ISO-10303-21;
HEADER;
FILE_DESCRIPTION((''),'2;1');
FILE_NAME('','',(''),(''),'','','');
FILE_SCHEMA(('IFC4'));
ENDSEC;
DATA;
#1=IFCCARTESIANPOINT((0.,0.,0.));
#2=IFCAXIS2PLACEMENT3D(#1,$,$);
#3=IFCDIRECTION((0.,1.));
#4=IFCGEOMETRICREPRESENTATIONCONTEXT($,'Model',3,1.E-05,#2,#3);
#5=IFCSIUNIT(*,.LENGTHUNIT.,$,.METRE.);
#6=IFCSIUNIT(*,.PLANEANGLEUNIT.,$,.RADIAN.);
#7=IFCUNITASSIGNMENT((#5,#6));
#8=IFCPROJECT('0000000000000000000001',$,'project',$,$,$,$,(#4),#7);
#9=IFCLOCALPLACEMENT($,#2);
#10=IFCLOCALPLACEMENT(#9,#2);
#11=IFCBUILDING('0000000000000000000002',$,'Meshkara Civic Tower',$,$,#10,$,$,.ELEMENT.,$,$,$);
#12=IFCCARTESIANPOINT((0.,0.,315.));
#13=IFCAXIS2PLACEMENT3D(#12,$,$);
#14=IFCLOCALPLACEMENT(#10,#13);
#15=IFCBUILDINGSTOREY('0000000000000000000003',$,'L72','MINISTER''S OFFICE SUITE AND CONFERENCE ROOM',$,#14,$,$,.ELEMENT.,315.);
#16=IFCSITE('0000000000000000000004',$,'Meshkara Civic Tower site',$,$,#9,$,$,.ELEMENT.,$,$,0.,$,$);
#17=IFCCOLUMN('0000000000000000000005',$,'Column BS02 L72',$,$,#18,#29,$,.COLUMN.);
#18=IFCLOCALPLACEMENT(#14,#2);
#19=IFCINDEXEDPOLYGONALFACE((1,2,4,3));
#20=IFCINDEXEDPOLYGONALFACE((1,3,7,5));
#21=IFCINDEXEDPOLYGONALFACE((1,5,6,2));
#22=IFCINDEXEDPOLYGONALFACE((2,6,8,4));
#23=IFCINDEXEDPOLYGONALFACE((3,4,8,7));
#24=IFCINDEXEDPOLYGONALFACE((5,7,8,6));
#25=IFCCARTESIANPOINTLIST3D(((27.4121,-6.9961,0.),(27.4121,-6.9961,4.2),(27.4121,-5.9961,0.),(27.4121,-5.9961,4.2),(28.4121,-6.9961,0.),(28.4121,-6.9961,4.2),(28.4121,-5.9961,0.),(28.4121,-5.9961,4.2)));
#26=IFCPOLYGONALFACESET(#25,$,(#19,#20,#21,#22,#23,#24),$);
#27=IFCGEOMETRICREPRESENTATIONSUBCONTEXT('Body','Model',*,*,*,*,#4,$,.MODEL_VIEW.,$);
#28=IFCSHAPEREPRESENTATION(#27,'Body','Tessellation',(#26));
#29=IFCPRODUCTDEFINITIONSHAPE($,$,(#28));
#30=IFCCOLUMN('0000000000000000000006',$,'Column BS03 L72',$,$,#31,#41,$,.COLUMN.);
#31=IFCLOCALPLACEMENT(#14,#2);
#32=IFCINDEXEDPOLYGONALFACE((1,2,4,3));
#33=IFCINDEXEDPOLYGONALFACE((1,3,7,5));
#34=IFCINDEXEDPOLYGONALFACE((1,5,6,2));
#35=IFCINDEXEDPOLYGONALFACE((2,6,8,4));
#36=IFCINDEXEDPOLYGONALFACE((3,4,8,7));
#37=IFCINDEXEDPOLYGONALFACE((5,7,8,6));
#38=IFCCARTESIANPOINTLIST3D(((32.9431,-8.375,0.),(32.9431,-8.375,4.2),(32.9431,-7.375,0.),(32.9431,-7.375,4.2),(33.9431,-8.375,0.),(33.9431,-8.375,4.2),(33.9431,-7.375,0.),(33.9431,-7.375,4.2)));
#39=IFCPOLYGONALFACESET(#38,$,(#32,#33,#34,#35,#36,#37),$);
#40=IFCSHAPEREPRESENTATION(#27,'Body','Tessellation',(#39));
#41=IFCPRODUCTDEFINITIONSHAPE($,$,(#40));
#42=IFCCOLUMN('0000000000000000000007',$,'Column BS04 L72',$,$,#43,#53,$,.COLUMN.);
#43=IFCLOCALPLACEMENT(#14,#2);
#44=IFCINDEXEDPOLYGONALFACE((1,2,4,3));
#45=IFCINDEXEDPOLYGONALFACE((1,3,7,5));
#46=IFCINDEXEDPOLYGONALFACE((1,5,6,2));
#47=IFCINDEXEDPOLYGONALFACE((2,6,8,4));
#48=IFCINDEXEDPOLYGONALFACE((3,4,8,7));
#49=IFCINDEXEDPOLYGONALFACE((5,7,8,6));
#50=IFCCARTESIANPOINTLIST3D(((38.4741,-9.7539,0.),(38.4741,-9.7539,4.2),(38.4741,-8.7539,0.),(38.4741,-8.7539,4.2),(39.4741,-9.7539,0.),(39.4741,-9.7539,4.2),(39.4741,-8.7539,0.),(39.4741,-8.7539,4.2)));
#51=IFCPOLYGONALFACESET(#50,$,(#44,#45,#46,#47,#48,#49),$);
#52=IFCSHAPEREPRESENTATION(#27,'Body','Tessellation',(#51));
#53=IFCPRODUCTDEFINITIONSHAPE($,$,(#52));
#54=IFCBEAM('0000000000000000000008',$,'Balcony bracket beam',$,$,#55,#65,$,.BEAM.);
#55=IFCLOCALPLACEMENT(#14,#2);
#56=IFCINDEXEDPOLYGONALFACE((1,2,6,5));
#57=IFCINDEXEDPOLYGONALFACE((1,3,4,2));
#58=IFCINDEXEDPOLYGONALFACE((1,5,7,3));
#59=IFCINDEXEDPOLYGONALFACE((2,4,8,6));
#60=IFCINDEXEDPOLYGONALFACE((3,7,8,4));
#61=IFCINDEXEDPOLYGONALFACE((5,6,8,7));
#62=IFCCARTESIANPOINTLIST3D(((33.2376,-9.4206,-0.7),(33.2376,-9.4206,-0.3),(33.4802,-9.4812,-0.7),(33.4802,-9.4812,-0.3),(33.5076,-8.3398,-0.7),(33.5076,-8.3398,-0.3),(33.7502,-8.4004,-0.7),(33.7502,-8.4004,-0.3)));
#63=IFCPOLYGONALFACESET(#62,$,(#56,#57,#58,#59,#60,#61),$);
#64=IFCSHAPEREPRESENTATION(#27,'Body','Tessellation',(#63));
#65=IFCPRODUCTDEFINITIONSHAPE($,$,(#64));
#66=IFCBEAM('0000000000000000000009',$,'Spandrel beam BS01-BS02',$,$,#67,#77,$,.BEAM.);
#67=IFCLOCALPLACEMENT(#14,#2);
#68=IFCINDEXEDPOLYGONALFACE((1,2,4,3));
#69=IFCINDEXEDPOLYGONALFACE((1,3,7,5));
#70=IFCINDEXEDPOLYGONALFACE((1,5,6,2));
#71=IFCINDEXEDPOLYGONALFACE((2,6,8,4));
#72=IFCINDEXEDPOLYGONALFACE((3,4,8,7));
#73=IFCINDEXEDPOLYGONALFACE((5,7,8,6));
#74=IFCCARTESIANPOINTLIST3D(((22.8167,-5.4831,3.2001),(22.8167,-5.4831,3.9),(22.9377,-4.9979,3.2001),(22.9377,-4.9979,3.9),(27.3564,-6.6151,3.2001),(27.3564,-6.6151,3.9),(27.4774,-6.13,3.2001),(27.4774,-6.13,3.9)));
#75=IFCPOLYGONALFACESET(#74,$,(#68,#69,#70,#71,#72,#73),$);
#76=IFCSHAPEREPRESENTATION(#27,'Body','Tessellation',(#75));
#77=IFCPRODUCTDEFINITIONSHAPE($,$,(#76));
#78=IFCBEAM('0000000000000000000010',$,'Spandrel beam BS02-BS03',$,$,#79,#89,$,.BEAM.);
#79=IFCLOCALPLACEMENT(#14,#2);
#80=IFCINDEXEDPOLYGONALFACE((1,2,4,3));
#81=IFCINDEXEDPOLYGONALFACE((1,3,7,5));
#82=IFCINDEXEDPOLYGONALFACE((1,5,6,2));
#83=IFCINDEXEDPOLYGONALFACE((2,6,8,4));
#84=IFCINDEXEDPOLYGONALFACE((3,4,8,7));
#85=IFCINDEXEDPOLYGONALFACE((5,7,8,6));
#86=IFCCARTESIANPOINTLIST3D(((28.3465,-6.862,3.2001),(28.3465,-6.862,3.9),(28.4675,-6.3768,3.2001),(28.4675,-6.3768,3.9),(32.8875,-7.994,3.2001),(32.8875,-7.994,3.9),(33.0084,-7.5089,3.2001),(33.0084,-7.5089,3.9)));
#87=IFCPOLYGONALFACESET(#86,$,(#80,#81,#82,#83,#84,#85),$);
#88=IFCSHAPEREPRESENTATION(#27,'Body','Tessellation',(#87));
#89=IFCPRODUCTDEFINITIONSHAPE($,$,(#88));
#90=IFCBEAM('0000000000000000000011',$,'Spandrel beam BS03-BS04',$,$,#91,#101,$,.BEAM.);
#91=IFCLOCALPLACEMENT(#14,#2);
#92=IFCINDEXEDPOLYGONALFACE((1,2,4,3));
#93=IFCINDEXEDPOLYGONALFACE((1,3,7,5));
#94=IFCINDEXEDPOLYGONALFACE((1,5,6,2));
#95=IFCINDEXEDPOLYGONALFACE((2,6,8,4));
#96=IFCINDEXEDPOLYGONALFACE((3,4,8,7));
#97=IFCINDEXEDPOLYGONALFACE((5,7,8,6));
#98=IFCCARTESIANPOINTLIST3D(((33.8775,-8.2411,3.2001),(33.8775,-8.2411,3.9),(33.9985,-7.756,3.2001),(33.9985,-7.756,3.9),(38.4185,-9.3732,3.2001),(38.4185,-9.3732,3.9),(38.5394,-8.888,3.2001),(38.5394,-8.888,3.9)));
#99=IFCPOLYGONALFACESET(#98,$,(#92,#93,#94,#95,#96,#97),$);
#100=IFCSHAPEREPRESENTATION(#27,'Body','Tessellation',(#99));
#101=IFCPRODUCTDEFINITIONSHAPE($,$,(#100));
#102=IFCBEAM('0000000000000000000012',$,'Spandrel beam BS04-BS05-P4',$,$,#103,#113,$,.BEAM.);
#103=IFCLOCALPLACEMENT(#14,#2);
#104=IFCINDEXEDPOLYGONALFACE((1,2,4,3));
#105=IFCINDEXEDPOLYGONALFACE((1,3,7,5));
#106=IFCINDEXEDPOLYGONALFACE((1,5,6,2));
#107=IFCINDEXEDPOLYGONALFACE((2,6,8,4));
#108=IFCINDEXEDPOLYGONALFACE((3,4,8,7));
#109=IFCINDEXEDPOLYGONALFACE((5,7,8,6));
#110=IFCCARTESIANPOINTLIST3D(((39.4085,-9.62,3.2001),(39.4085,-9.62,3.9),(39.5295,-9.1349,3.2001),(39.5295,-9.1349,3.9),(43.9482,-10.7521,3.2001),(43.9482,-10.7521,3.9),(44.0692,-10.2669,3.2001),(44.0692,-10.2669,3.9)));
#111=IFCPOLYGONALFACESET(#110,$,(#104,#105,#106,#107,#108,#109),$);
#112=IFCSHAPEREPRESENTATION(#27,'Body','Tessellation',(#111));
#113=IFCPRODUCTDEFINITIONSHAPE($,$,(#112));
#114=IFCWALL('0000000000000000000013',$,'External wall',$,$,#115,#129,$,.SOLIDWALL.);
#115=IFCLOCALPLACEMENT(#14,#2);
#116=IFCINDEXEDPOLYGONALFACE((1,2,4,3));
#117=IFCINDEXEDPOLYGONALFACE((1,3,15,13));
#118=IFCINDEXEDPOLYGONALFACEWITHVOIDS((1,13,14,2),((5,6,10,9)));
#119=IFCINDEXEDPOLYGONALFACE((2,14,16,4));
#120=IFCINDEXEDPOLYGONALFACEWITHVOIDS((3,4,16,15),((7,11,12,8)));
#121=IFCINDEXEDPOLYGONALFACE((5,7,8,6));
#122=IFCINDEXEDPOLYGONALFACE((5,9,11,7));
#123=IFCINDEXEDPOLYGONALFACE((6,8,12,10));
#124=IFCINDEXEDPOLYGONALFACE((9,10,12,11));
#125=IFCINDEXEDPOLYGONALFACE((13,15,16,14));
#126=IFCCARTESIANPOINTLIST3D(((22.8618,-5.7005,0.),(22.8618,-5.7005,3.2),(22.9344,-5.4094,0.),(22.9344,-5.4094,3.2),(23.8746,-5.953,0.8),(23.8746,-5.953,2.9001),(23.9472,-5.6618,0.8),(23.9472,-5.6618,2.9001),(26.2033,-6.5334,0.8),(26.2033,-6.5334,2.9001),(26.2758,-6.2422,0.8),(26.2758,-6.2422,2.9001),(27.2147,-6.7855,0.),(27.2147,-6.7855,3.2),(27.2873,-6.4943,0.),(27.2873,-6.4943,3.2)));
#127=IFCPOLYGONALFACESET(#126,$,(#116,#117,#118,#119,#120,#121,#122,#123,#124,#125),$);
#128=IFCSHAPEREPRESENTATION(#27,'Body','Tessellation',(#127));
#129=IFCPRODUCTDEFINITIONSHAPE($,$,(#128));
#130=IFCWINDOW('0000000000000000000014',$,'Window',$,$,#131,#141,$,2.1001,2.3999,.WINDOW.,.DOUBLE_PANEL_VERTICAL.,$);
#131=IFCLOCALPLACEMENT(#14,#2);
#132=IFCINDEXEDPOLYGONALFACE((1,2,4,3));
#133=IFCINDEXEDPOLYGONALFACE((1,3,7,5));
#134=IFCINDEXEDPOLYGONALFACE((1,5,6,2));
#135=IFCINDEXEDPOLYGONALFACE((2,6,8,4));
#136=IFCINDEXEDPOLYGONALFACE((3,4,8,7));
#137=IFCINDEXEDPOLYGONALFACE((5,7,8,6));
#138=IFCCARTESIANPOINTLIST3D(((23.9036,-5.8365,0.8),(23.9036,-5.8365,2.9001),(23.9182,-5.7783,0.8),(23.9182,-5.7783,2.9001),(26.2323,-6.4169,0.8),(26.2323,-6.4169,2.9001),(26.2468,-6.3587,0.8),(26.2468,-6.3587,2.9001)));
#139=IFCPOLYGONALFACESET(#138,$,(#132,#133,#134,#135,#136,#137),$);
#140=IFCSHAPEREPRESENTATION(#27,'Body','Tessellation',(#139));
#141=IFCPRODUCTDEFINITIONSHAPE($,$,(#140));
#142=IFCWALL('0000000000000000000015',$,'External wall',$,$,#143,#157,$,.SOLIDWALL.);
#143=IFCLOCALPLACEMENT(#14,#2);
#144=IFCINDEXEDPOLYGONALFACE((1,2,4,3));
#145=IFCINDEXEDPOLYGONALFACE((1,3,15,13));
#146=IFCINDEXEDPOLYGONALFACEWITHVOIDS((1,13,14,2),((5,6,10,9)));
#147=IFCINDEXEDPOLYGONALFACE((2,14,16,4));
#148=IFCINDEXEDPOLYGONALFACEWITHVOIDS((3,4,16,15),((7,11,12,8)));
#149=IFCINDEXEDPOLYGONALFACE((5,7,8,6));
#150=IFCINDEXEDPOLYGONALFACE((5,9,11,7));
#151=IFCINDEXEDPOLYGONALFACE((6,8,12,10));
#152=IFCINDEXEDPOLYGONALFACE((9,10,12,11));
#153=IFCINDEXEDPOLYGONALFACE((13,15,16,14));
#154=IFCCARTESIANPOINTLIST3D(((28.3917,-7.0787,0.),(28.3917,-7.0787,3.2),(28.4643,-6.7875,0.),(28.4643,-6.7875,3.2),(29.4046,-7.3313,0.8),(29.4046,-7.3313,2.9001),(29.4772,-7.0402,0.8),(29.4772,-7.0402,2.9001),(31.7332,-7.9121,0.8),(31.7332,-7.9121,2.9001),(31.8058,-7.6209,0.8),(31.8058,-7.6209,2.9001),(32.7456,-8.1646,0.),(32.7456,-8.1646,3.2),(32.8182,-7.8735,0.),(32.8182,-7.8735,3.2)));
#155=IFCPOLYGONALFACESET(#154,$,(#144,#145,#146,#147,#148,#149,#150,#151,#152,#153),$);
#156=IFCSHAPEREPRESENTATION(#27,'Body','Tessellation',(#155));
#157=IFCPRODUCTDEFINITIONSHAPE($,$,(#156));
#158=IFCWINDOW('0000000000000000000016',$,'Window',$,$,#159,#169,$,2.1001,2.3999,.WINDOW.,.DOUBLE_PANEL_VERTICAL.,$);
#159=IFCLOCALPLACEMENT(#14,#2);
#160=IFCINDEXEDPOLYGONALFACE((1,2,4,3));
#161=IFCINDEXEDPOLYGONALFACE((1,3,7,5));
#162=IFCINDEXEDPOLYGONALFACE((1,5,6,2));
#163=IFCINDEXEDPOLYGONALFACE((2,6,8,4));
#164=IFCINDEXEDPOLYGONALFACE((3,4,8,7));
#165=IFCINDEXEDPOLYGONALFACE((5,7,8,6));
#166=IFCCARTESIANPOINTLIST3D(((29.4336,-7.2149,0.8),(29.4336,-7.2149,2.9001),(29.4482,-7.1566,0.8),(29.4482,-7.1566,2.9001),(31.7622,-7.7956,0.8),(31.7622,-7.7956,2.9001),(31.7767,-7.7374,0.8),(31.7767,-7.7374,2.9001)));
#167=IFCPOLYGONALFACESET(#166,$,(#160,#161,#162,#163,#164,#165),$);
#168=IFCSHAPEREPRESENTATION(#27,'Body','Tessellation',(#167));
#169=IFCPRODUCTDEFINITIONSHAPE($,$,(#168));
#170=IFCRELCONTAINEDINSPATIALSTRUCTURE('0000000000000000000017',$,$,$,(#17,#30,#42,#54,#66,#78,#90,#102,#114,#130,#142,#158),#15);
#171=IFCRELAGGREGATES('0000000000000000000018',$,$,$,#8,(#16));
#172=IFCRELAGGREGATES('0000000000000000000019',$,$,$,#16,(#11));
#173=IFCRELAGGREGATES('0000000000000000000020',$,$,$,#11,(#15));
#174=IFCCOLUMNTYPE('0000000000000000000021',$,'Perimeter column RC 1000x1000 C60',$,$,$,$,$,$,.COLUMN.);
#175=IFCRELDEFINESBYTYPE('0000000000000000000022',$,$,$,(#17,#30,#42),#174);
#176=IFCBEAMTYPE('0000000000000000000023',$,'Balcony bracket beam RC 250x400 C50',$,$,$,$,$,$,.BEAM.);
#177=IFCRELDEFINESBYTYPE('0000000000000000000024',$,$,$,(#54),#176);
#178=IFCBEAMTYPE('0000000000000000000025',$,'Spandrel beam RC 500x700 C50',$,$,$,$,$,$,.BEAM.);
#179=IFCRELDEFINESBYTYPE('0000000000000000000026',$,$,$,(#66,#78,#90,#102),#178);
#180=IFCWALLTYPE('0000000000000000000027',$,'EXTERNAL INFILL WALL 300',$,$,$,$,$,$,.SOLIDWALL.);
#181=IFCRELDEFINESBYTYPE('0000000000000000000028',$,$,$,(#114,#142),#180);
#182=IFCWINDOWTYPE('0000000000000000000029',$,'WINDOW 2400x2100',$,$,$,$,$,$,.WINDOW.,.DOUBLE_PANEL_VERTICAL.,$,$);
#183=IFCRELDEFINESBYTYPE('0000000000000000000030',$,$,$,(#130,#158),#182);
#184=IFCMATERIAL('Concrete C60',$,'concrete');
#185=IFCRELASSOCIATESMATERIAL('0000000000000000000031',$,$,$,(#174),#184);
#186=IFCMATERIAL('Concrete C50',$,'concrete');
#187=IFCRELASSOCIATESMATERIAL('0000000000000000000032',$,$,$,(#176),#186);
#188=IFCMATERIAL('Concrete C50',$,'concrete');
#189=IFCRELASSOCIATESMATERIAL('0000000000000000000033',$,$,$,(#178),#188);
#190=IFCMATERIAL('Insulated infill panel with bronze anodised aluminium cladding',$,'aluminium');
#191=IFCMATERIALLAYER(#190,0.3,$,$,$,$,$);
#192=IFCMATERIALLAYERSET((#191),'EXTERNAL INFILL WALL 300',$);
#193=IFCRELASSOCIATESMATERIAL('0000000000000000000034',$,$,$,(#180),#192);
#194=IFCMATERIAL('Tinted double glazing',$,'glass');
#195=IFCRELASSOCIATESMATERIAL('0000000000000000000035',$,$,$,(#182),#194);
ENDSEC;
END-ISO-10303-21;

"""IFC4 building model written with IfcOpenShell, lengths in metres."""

from ifc_helpers import new_model, si_unit, direction, frame, frame_2d, origin, origin_2d, place, context, subcontext, project, spatial, rectangle, extrude, material, layer, layer_set, material_profile, profile_set, type_object, element, fill, save


model = new_model("IFC4")

# Units and contexts
model_context = context("Model", 3, precision=1e-05, world=origin(), true_north=direction((0.0, 1.0)))
body_context = subcontext(model_context, "Body", "Model", "MODEL_VIEW")
ifc_project = project(units=[si_unit("LENGTHUNIT", "METRE"), si_unit("PLANEANGLEUNIT", "RADIAN")], contexts=[model_context])

# Site, building, storey
site_placement = place(None, origin())
site = spatial("IfcSite", under=ifc_project, at=site_placement, Name="Meshkara Civic Tower site", CompositionType="ELEMENT", RefElevation=0.0)
building_placement = place(site_placement, origin())
building = spatial("IfcBuilding", under=site, at=building_placement, Name="Meshkara Civic Tower", CompositionType="ELEMENT")
storey_placement = place(building_placement, frame((0.0, 0.0, 315.0)))
storey = spatial("IfcBuildingStorey", under=building, at=storey_placement, Name="L72", Description="MINISTER'S OFFICE SUITE AND CONFERENCE ROOM", CompositionType="ELEMENT", Elevation=315.0)

# Columns
ifc_material_1 = material(Name="Concrete C60", Category="concrete")
ifc_material_profile_1 = material_profile(ifc_material_1, rectangle(XDim=1.0, YDim=1.0, at=origin_2d()))
ifc_profile_set_1 = profile_set([ifc_material_profile_1], Name="Concrete C60")
column_type = type_object("IfcColumnType", Name="Perimeter column RC 1000x1000 C60", PredefinedType="COLUMN", material=ifc_profile_set_1)
for number, where, z_axis, x_axis, name in (
    (1, (27.9121, -6.4961, 0.0), (0.0, 0.0, 1.0), (1.0, 0.0, 0.0), "Column BS02 L72"),
    (2, (33.4431, -7.875, 0.0), (0.0, 0.0, 1.0), (1.0, 0.0, 0.0), "Column BS03 L72"),
    (3, (38.9741, -9.2539, 0.0), (0.0, 0.0, 1.0), (1.0, 0.0, 0.0), "Column BS04 L72"),
):
    element("IfcColumn", number, at=place(storey_placement, frame(where, z_axis=z_axis, x_axis=x_axis)), inside=storey, type_object=column_type, Name=name, PredefinedType="COLUMN", context=body_context, shape_type="SweptSolid", body=[
        extrude(rectangle(XDim=1.0, YDim=1.0, at=origin_2d()), origin(), (0.0, 0.0, 1.0), 4.2),
    ])

# Beams
ifc_material_2 = material(Name="Concrete C50", Category="concrete")
ifc_material_profile_2 = material_profile(ifc_material_2, rectangle(XDim=0.25, YDim=0.3999, at=origin_2d()))
ifc_profile_set_2 = profile_set([ifc_material_profile_2], Name="Concrete C50")
beam_type_1 = type_object("IfcBeamType", Name="Balcony bracket beam RC 250x400 C50", PredefinedType="BEAM", material=ifc_profile_set_2)
beam_1_placement = place(storey_placement, frame((33.6289, -8.3701, -0.5), z_axis=(-0.242381, -0.970181, 0.0), x_axis=(0.970181, -0.242381, 0.0)))
element("IfcBeam", 4, at=beam_1_placement, inside=storey, type_object=beam_type_1, Name="Balcony bracket beam", PredefinedType="BEAM", context=body_context, shape_type="SweptSolid", body=[
    extrude(rectangle(XDim=0.25, YDim=0.3999, at=origin_2d()), origin(), (0.0, 0.0, 1.0), 1.114),
])
ifc_material_3 = material(Name="Concrete C50", Category="concrete")
ifc_material_profile_3 = material_profile(ifc_material_3, rectangle(XDim=0.5, YDim=0.7, at=origin_2d()))
ifc_profile_set_3 = profile_set([ifc_material_profile_3], Name="Concrete C50")
beam_type_2 = type_object("IfcBeamType", Name="Spandrel beam RC 500x700 C50", PredefinedType="BEAM", material=ifc_profile_set_3)
beam_2_placement = place(storey_placement, frame((22.8772, -5.2405, 3.55), z_axis=(0.970287, -0.241959, 0.0), x_axis=(0.241959, 0.970287, 0.0)))
element("IfcBeam", 5, at=beam_2_placement, inside=storey, type_object=beam_type_2, Name="Spandrel beam BS01-BS02", PredefinedType="BEAM", context=body_context, shape_type="SweptSolid", body=[
    extrude(rectangle(XDim=0.5, YDim=0.7, at=origin_2d()), origin(), (0.0, 0.0, 1.0), 4.6787),
])
for number, where, z_axis, x_axis, name in (
    (6, (28.407, -6.6194, 3.55), (0.970302, -0.241897, 0.0), (0.241897, 0.970302, 0.0), "Spandrel beam BS02-BS03"),
    (7, (33.938, -7.9985, 3.55), (0.970302, -0.241897, 0.0), (0.241897, 0.970302, 0.0), "Spandrel beam BS03-BS04"),
):
    element("IfcBeam", number, at=place(storey_placement, frame(where, z_axis=z_axis, x_axis=x_axis)), inside=storey, type_object=beam_type_2, Name=name, PredefinedType="BEAM", context=body_context, shape_type="SweptSolid", body=[
        extrude(rectangle(XDim=0.5, YDim=0.7, at=origin_2d()), origin(), (0.0, 0.0, 1.0), 4.6799),
    ])
beam_3_placement = place(storey_placement, frame((39.469, -9.3774, 3.55), z_axis=(0.970287, -0.241959, 0.0), x_axis=(0.241959, 0.970287, 0.0)))
element("IfcBeam", 8, at=beam_3_placement, inside=storey, type_object=beam_type_2, Name="Spandrel beam BS04-BS05-P4", PredefinedType="BEAM", context=body_context, shape_type="SweptSolid", body=[
    extrude(rectangle(XDim=0.5, YDim=0.7, at=origin_2d()), origin(), (0.0, 0.0, 1.0), 4.6787),
])

# Walls, openings, windows
ifc_material_4 = material(Name="Insulated infill panel with bronze anodised aluminium cladding", Category="aluminium")
ifc_layer_1 = layer(ifc_material_4, 0.3)
ifc_layer_set_1 = layer_set([ifc_layer_1], Name="EXTERNAL INFILL WALL 300")
wall_type_1 = type_object("IfcWallType", Name="EXTERNAL INFILL WALL 300", PredefinedType="SOLIDWALL", material=ifc_layer_set_1)
wall_1_placement = place(storey_placement, frame((22.8979, -5.5549, 0.0), z_axis=(0.0, 0.0, 1.0), x_axis=(0.970315, -0.241844, 0.0)))
wall_1 = element("IfcWall", 9, at=wall_1_placement, inside=storey, type_object=wall_type_1, Name="External wall", PredefinedType="SOLIDWALL", context=body_context, shape_type="SweptSolid", body=[
    extrude(rectangle(XDim=4.4861, YDim=0.3, at=frame_2d((2.2432, 0.0))), origin(), (0.0, 0.0, 1.0), 3.2),
])
opening_1_placement = place(wall_1_placement, frame((1.0439, 0.0, 0.8)))
opening_1 = element("IfcOpeningElement", 10, at=opening_1_placement, cuts=wall_1, PredefinedType="OPENING", context=body_context, shape_type="SweptSolid", body=[
    extrude(rectangle(XDim=2.3999, YDim=2.1001, at=frame_2d((1.2, 1.05))), frame((0.0, 0.1599, 0.0), z_axis=(0.0, -1.0, 0.0), x_axis=(1.0, 0.0, 0.0)), (0.0, 0.0, 1.0), 0.3201),
])
ifc_material_5 = material(Name="Tinted double glazing", Category="glass")
window_type = type_object("IfcWindowType", Name="WINDOW 2400x2100", PartitioningType="DOUBLE_PANEL_VERTICAL", PredefinedType="WINDOW", material=ifc_material_5)
window_1_placement = place(opening_1_placement, origin())
window_1 = element("IfcWindow", 11, at=window_1_placement, inside=storey, type_object=window_type, Name="Window", OverallHeight=2.1001, OverallWidth=2.3999, PartitioningType="DOUBLE_PANEL_VERTICAL", PredefinedType="WINDOW", context=body_context, shape_type="SweptSolid", body=[
    extrude(rectangle(XDim=2.3999, YDim=2.1001, at=frame_2d((1.2, 1.05))), frame((0.0, 0.03, 0.0), z_axis=(0.0, -1.0, 0.0), x_axis=(1.0, 0.0, 0.0)), (0.0, 0.0, 1.0), 0.0601),
])
fill(opening_1, window_1)
wall_2_placement = place(storey_placement, frame((28.428, -6.9331, 0.0), z_axis=(0.0, 0.0, 1.0), x_axis=(0.970277, -0.241998, 0.0)))
wall_2 = element("IfcWall", 12, at=wall_2_placement, inside=storey, type_object=wall_type_1, Name="External wall", PredefinedType="SOLIDWALL", context=body_context, shape_type="SweptSolid", body=[
    extrude(rectangle(XDim=4.4873, YDim=0.3, at=frame_2d((2.2437, 0.0))), origin(), (0.0, 0.0, 1.0), 3.2),
])
opening_2_placement = place(wall_2_placement, frame((1.0439, 0.0, 0.8)))
opening_2 = element("IfcOpeningElement", 13, at=opening_2_placement, cuts=wall_2, PredefinedType="OPENING", context=body_context, shape_type="SweptSolid", body=[
    extrude(rectangle(XDim=2.3999, YDim=2.1001, at=frame_2d((1.2, 1.05))), frame((0.0, 0.1599, 0.0), z_axis=(0.0, -1.0, 0.0), x_axis=(1.0, 0.0, 0.0)), (0.0, 0.0, 1.0), 0.3201),
])
window_2_placement = place(opening_2_placement, origin())
window_2 = element("IfcWindow", 14, at=window_2_placement, inside=storey, type_object=window_type, Name="Window", OverallHeight=2.1001, OverallWidth=2.3999, PartitioningType="DOUBLE_PANEL_VERTICAL", PredefinedType="WINDOW", context=body_context, shape_type="SweptSolid", body=[
    extrude(rectangle(XDim=2.3999, YDim=2.1001, at=frame_2d((1.2, 1.05))), frame((0.0, 0.03, 0.0), z_axis=(0.0, -1.0, 0.0), x_axis=(1.0, 0.0, 0.0)), (0.0, 0.0, 1.0), 0.0601),
])
fill(opening_2, window_2)

save(model, "model.ifc")
